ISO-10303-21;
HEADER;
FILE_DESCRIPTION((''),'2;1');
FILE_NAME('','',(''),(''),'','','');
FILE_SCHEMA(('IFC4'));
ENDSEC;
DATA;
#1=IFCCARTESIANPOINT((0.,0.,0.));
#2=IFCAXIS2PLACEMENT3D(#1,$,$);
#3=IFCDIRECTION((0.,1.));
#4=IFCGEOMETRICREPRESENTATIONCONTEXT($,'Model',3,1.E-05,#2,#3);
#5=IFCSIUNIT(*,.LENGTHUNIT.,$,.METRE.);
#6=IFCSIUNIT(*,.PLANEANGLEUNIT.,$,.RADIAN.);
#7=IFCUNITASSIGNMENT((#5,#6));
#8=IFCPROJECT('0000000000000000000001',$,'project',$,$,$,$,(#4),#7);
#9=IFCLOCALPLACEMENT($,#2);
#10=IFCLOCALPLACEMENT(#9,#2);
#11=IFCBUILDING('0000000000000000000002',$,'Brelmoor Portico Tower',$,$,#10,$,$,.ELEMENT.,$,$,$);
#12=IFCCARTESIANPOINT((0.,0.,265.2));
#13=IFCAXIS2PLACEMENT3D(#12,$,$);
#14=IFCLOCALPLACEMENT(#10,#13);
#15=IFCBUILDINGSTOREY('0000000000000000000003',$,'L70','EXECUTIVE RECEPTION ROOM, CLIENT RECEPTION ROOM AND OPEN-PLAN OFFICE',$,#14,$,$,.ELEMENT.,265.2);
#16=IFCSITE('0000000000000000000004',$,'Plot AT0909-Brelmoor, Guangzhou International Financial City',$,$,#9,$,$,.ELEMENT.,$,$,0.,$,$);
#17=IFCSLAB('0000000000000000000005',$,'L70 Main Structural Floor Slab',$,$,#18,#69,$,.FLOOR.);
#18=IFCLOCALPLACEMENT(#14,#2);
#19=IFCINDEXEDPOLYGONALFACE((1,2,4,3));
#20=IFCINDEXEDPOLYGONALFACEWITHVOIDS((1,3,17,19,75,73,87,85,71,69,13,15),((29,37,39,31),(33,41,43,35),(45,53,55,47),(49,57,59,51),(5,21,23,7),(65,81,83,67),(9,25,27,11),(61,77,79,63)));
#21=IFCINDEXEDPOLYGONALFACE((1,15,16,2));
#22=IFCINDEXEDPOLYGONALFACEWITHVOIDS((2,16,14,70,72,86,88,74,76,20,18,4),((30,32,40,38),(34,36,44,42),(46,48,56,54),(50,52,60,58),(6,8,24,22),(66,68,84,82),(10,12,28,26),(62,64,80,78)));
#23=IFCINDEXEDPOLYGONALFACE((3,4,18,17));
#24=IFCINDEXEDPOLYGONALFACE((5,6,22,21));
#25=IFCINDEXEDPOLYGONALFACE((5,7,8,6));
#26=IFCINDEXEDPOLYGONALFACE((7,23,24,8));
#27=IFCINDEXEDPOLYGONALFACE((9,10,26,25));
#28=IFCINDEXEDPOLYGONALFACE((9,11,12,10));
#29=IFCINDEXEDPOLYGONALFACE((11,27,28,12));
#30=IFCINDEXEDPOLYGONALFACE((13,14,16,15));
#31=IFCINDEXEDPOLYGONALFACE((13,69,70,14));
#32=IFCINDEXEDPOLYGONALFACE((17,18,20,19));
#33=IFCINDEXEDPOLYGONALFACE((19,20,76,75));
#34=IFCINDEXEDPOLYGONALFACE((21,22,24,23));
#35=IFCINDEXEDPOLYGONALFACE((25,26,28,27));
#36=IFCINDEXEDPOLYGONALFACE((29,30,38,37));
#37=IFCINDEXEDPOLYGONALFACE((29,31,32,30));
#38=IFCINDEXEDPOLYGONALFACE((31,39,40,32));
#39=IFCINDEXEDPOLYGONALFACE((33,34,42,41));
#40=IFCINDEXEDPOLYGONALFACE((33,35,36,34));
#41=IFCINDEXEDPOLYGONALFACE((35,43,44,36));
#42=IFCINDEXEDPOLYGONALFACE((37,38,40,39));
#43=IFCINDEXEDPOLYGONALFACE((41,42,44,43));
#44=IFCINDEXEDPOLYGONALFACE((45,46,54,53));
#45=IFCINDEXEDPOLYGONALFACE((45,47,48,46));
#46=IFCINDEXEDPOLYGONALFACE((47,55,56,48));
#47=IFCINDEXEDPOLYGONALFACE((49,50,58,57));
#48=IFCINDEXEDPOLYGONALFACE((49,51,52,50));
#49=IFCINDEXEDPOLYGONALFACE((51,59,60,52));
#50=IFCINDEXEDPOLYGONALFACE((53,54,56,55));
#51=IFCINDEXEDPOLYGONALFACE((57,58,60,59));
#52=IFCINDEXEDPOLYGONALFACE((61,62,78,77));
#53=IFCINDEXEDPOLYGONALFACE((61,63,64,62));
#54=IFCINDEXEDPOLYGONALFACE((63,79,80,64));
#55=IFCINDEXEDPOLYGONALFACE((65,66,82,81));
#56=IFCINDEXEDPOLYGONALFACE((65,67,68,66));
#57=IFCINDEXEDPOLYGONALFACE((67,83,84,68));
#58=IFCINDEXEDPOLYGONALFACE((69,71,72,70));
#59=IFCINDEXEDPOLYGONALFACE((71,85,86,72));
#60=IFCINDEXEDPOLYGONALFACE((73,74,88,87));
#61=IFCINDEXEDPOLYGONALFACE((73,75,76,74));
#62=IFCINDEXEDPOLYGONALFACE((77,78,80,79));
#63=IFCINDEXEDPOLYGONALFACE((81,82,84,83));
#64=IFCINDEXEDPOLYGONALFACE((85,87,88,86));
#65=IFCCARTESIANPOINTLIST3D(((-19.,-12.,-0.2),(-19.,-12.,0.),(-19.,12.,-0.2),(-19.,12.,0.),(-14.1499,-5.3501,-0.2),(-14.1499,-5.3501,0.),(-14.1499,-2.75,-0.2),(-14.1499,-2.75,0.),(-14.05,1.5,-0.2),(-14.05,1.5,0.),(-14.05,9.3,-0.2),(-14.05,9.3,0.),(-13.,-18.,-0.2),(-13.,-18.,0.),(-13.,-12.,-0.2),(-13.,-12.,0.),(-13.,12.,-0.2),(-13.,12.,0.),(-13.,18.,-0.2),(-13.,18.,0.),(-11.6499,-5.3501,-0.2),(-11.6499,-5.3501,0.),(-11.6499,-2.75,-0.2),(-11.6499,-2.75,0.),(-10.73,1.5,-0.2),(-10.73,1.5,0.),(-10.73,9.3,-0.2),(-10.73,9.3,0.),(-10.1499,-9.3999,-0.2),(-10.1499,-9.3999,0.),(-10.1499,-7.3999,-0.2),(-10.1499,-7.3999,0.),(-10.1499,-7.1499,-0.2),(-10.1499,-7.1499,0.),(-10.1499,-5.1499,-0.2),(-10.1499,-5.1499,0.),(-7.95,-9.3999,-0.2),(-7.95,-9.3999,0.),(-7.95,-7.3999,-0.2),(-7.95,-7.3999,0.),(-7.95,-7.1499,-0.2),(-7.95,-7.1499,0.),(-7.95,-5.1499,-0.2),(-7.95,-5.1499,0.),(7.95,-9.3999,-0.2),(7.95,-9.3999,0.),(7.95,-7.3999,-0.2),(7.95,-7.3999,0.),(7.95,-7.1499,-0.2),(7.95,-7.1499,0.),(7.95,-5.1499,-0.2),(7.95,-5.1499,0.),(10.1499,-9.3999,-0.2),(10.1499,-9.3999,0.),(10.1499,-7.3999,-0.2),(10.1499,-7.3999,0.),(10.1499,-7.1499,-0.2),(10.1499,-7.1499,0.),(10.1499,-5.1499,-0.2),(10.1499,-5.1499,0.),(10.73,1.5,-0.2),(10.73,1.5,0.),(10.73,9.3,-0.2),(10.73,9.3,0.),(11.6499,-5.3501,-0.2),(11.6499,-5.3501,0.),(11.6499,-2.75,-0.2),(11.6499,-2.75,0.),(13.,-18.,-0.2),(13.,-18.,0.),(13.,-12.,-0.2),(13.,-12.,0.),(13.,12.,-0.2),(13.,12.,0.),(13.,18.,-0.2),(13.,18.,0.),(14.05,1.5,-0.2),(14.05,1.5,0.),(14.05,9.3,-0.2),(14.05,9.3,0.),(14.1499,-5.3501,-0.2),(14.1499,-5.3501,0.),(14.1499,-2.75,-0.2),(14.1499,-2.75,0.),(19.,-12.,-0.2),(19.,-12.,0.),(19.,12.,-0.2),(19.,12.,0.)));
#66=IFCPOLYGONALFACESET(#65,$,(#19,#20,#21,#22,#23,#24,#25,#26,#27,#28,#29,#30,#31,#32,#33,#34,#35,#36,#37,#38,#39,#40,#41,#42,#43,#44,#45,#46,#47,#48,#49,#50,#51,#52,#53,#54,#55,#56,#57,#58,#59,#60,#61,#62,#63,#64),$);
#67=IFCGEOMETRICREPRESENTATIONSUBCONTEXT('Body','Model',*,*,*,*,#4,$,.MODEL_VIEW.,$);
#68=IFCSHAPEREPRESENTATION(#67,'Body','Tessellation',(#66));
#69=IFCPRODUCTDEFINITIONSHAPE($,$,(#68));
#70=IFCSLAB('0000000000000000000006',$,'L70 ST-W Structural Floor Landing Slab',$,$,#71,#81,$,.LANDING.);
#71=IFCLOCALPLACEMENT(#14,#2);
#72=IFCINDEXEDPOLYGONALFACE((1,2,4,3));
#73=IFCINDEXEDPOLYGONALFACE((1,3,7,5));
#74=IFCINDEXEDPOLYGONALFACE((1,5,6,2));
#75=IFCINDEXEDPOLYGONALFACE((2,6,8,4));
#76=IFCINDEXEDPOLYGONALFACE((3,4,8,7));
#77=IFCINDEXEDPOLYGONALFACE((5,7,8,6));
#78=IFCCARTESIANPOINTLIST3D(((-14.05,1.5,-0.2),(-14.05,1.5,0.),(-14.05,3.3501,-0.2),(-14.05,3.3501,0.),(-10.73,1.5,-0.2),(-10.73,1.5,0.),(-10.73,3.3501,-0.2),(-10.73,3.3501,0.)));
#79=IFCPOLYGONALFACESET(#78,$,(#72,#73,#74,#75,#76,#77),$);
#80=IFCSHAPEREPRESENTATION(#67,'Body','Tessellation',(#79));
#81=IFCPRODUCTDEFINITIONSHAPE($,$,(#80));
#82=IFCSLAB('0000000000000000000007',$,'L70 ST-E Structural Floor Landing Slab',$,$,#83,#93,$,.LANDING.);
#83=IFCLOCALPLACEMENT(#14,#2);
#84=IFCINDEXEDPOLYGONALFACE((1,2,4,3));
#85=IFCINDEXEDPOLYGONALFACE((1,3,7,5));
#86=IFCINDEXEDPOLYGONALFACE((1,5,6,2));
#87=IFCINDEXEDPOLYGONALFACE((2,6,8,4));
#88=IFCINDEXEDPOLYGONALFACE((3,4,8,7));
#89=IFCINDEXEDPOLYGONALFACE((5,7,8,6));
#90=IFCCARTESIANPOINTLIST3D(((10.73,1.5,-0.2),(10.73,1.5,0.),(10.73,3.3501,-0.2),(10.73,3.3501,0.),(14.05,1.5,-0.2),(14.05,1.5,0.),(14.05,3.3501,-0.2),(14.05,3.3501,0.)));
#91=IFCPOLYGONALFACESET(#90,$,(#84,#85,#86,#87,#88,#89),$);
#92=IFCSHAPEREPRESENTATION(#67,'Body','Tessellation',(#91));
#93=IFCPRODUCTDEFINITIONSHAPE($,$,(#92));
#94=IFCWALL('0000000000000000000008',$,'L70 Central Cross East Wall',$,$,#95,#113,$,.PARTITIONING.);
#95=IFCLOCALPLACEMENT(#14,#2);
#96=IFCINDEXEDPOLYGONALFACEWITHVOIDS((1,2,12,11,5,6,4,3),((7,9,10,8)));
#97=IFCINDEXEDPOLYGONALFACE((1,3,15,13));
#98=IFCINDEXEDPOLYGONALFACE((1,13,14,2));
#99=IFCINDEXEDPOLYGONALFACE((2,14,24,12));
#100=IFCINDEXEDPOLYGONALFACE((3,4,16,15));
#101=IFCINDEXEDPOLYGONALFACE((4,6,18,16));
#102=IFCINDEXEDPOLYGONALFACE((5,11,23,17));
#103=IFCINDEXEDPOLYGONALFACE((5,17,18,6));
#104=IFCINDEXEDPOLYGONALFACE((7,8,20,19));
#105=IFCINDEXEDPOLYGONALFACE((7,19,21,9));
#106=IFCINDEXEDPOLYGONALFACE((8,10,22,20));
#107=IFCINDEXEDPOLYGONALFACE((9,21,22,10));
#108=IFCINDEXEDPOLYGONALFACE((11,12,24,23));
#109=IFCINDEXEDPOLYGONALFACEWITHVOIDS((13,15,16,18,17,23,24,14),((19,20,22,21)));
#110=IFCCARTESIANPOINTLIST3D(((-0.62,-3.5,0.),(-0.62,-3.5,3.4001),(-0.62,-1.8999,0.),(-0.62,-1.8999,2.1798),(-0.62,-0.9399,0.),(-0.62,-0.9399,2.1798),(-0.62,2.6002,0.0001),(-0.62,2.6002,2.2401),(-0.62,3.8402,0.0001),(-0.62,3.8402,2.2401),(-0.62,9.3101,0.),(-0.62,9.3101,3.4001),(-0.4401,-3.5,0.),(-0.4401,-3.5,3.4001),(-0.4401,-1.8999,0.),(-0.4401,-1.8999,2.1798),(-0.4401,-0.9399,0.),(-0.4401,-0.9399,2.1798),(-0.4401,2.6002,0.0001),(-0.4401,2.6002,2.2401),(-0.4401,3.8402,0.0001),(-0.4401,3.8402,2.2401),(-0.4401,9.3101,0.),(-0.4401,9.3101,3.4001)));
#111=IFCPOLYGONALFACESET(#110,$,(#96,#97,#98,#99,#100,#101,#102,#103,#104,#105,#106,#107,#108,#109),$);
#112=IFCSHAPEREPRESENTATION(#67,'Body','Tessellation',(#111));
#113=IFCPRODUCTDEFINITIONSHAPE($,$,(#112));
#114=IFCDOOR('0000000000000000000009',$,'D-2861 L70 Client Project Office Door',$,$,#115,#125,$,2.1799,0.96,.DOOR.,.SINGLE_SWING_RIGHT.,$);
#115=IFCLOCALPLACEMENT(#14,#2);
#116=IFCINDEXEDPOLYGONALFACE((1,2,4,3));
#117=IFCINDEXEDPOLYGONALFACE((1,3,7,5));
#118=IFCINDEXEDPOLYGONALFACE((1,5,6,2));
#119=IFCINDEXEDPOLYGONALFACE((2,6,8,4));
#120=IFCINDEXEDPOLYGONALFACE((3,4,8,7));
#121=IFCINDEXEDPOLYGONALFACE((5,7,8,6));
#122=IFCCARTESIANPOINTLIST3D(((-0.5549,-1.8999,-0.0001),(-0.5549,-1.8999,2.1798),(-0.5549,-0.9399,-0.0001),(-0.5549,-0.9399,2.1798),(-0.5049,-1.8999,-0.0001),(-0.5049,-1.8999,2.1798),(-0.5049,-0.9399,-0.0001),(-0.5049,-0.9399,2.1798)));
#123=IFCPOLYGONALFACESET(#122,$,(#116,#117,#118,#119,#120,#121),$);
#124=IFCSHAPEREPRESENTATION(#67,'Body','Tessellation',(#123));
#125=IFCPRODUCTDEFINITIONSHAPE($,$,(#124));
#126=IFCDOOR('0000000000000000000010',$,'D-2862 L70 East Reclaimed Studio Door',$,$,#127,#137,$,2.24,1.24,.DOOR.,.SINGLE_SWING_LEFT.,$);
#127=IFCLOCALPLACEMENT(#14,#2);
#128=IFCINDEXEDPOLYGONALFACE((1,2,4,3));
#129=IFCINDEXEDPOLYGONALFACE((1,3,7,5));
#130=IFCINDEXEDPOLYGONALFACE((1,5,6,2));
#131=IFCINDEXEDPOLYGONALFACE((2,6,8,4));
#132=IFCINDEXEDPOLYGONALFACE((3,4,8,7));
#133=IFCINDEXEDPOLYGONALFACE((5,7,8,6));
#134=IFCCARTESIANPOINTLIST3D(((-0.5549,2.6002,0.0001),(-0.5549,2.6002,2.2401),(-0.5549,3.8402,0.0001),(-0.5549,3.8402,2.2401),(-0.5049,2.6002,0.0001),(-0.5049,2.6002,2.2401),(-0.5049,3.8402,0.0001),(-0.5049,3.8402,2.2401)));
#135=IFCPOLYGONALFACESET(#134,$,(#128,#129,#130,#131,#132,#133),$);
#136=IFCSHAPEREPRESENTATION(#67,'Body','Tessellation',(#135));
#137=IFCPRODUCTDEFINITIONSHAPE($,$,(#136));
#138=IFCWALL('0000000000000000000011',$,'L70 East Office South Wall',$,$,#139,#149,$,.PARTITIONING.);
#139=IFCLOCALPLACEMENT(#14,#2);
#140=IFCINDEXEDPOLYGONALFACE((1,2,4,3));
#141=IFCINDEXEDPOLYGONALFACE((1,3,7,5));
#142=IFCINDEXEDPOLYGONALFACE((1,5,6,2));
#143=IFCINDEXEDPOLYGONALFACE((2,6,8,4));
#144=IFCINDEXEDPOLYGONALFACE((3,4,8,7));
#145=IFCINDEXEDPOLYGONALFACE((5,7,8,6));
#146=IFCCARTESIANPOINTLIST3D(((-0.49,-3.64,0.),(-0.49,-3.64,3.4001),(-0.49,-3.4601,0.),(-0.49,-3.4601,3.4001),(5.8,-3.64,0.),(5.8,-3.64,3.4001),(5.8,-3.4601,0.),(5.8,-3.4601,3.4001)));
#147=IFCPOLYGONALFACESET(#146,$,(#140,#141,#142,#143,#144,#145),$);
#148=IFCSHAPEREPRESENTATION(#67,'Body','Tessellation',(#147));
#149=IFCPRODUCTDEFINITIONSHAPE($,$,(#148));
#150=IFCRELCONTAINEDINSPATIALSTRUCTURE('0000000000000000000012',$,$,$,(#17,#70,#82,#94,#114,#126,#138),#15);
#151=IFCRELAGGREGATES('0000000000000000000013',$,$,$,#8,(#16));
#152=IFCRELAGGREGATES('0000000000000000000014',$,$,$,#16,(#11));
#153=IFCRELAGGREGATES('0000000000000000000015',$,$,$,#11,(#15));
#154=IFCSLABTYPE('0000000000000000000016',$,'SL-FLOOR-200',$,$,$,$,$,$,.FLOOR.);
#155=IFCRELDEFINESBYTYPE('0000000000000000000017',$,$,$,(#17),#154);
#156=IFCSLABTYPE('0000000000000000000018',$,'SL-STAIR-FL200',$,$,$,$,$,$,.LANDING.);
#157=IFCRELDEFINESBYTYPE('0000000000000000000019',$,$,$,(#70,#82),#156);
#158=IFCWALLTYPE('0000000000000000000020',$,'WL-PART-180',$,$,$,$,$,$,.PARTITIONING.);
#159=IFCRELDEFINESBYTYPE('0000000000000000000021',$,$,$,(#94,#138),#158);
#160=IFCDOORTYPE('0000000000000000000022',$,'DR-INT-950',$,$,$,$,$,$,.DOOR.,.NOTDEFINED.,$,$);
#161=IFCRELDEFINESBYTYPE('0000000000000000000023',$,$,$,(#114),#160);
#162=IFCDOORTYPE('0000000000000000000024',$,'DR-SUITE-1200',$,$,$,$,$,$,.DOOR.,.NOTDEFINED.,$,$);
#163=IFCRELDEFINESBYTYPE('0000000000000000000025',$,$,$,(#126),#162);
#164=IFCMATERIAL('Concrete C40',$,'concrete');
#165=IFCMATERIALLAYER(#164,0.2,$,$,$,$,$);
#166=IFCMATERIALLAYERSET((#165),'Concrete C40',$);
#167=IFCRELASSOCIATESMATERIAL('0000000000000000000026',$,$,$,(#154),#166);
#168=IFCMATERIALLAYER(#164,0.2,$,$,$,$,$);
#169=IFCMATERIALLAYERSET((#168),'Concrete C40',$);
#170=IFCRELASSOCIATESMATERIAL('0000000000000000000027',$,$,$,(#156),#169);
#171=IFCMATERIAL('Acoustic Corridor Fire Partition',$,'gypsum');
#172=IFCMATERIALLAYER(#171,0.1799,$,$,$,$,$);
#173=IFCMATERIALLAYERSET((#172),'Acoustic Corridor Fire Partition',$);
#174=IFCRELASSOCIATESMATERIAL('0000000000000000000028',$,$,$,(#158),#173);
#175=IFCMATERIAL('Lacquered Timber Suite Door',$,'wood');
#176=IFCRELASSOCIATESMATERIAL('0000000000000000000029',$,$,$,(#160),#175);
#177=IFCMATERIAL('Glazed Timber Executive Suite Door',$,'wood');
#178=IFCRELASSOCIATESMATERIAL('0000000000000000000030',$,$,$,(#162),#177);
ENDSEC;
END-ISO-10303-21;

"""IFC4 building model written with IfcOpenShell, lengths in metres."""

from ifc_helpers import new_model, si_unit, direction, frame, frame_2d, origin, place, context, subcontext, project, spatial, polyline, rectangle, outline, extrude, material, layer, layer_set, type_object, element, fill, save


model = new_model("IFC4")

# Units and contexts
model_context = context("Model", 3, precision=1e-05, world=origin(), true_north=direction((0.0, 1.0)))
body_context = subcontext(model_context, "Body", "Model", "MODEL_VIEW")
ifc_project = project(units=[si_unit("LENGTHUNIT", "METRE"), si_unit("PLANEANGLEUNIT", "RADIAN")], contexts=[model_context])

# Site, building, storey
site_placement = place(None, origin())
site = spatial("IfcSite", under=ifc_project, at=site_placement, Name="Plot AT0909-Brelmoor, Guangzhou International Financial City", CompositionType="ELEMENT", RefElevation=0.0)
building_placement = place(site_placement, origin())
building = spatial("IfcBuilding", under=site, at=building_placement, Name="Brelmoor Portico Tower", CompositionType="ELEMENT")
storey_placement = place(building_placement, frame((0.0, 0.0, 265.2)))
storey = spatial("IfcBuildingStorey", under=building, at=storey_placement, Name="L70", Description="EXECUTIVE RECEPTION ROOM, CLIENT RECEPTION ROOM AND OPEN-PLAN OFFICE", CompositionType="ELEMENT", Elevation=265.2)

# Slabs
ifc_material_1 = material(Name="Concrete C40", Category="concrete")
ifc_layer_1 = layer(ifc_material_1, 0.2)
ifc_layer_set_1 = layer_set([ifc_layer_1], Name="Concrete C40")
slab_type_1 = type_object("IfcSlabType", Name="SL-FLOOR-200", PredefinedType="FLOOR", material=ifc_layer_set_1)
slab_1_placement = place(storey_placement, frame((0.0, 0.0, -0.2)))
element("IfcSlab", 1, at=slab_1_placement, inside=storey, type_object=slab_type_1, Name="L70 Main Structural Floor Slab", PredefinedType="FLOOR", context=body_context, shape_type="SweptSolid", body=[
    extrude(outline(polyline([(-13.0, -18.0), (13.0, -18.0), (13.0, -12.0), (19.0, -12.0), (19.0, 12.0), (13.0, 12.0), (13.0, 18.0), (-13.0, 18.0), (-13.0, 12.0), (-19.0, 12.0), (-19.0, -12.0), (-13.0, -12.0), (-13.0, -18.0)]), holes=[polyline([(-10.73, 1.5), (-10.73, 9.3), (-14.05, 9.3), (-14.05, 1.5), (-10.73, 1.5)]), polyline([(14.05, 1.5), (14.05, 9.3), (10.73, 9.3), (10.73, 1.5), (14.05, 1.5)]), polyline([(-10.1499, -9.3999), (-7.95, -9.3999), (-7.95, -7.3999), (-10.1499, -7.3999), (-10.1499, -9.3999)]), polyline([(-10.1499, -7.1499), (-7.95, -7.1499), (-7.95, -5.1499), (-10.1499, -5.1499), (-10.1499, -7.1499)]), polyline([(7.95, -9.3999), (10.1499, -9.3999), (10.1499, -7.3999), (7.95, -7.3999), (7.95, -9.3999)]), polyline([(7.95, -7.1499), (10.1499, -7.1499), (10.1499, -5.1499), (7.95, -5.1499), (7.95, -7.1499)]), polyline([(-14.1499, -5.3501), (-11.6499, -5.3501), (-11.6499, -2.75), (-14.1499, -2.75), (-14.1499, -5.3501)]), polyline([(11.6499, -5.3501), (14.1499, -5.3501), (14.1499, -2.75), (11.6499, -2.75), (11.6499, -5.3501)])]), origin(), (0.0, 0.0, 1.0), 0.2),
])
ifc_layer_2 = layer(ifc_material_1, 0.2)
ifc_layer_set_2 = layer_set([ifc_layer_2], Name="Concrete C40")
slab_type_2 = type_object("IfcSlabType", Name="SL-STAIR-FL200", PredefinedType="LANDING", material=ifc_layer_set_2)
slab_2_placement = place(storey_placement, frame((0.0, 0.0, -0.2)))
element("IfcSlab", 2, at=slab_2_placement, inside=storey, type_object=slab_type_2, Name="L70 ST-W Structural Floor Landing Slab", PredefinedType="LANDING", context=body_context, shape_type="SweptSolid", body=[
    extrude(outline(polyline([(-10.73, 1.5), (-10.73, 3.3501), (-14.05, 3.3501), (-14.05, 1.5), (-10.73, 1.5)])), origin(), (0.0, 0.0, 1.0), 0.2),
])
slab_3_placement = place(storey_placement, frame((0.0, 0.0, -0.2)))
element("IfcSlab", 3, at=slab_3_placement, inside=storey, type_object=slab_type_2, Name="L70 ST-E Structural Floor Landing Slab", PredefinedType="LANDING", context=body_context, shape_type="SweptSolid", body=[
    extrude(outline(polyline([(14.05, 1.5), (14.05, 3.3501), (10.73, 3.3501), (10.73, 1.5), (14.05, 1.5)])), origin(), (0.0, 0.0, 1.0), 0.2),
])

# Wall, openings, doors
ifc_material_2 = material(Name="Acoustic Corridor Fire Partition", Category="gypsum")
ifc_layer_3 = layer(ifc_material_2, 0.1799)
ifc_layer_set_3 = layer_set([ifc_layer_3], Name="Acoustic Corridor Fire Partition")
wall_type_1 = type_object("IfcWallType", Name="WL-PART-180", PredefinedType="PARTITIONING", material=ifc_layer_set_3)
wall_1_placement = place(storey_placement, frame((-0.53, -3.5, 0.0), z_axis=(0.0, 0.0, 1.0), x_axis=(0.0, 1.0, 0.0)))
wall_1 = element("IfcWall", 4, at=wall_1_placement, inside=storey, type_object=wall_type_1, Name="L70 Central Cross East Wall", PredefinedType="PARTITIONING", context=body_context, shape_type="SweptSolid", body=[
    extrude(rectangle(XDim=12.8101, YDim=0.1799, at=frame_2d((6.405, 0.0))), origin(), (0.0, 0.0, 1.0), 3.4001),
])
opening_1_placement = place(wall_1_placement, frame((6.1001, 0.0, 0.0)))
opening_1 = element("IfcOpeningElement", 5, at=opening_1_placement, cuts=wall_1, PredefinedType="OPENING", context=body_context, shape_type="SweptSolid", body=[
    extrude(rectangle(XDim=1.24, YDim=2.24, at=frame_2d((0.6201, 1.1201))), frame((0.0, 0.0999, 0.0), z_axis=(0.0, -1.0, 0.0), x_axis=(1.0, 0.0, 0.0)), (0.0, 0.0, 1.0), 0.2),
])
opening_2_placement = place(wall_1_placement, frame((1.6001, 0.0, 0.0)))
opening_2 = element("IfcOpeningElement", 6, at=opening_2_placement, cuts=wall_1, PredefinedType="OPENING", context=body_context, shape_type="SweptSolid", body=[
    extrude(rectangle(XDim=0.96, YDim=2.1799, at=frame_2d((0.48, 1.0898))), frame((0.0, 0.0999, 0.0), z_axis=(0.0, -1.0, 0.0), x_axis=(1.0, 0.0, 0.0)), (0.0, 0.0, 1.0), 0.2),
])
ifc_material_3 = material(Name="Lacquered Timber Suite Door", Category="wood")
door_type_1 = type_object("IfcDoorType", Name="DR-INT-950", OperationType="NOTDEFINED", PredefinedType="DOOR", material=ifc_material_3)
door_1_placement = place(opening_2_placement, origin())
door_1 = element("IfcDoor", 7, at=door_1_placement, inside=storey, type_object=door_type_1, Name="D-2861 L70 Client Project Office Door", OperationType="SINGLE_SWING_RIGHT", OverallHeight=2.1799, OverallWidth=0.96, PredefinedType="DOOR", context=body_context, shape_type="SweptSolid", body=[
    extrude(rectangle(XDim=0.96, YDim=2.1799, at=frame_2d((0.48, 1.0898))), frame((0.0, 0.0249, 0.0), z_axis=(0.0, -1.0, 0.0), x_axis=(1.0, 0.0, 0.0)), (0.0, 0.0, 1.0), 0.05),
])
fill(opening_2, door_1)
ifc_material_4 = material(Name="Glazed Timber Executive Suite Door", Category="wood")
door_type_2 = type_object("IfcDoorType", Name="DR-SUITE-1200", OperationType="NOTDEFINED", PredefinedType="DOOR", material=ifc_material_4)
door_2_placement = place(opening_1_placement, origin())
door_2 = element("IfcDoor", 8, at=door_2_placement, inside=storey, type_object=door_type_2, Name="D-2862 L70 East Reclaimed Studio Door", OperationType="SINGLE_SWING_LEFT", OverallHeight=2.24, OverallWidth=1.24, PredefinedType="DOOR", context=body_context, shape_type="SweptSolid", body=[
    extrude(rectangle(XDim=1.24, YDim=2.24, at=frame_2d((0.6201, 1.1201))), frame((0.0, 0.0249, 0.0), z_axis=(0.0, -1.0, 0.0), x_axis=(1.0, 0.0, 0.0)), (0.0, 0.0, 1.0), 0.05),
])
fill(opening_1, door_2)

# Wall
wall_2_placement = place(storey_placement, frame((-0.49, -3.55, 0.0), z_axis=(0.0, 0.0, 1.0), x_axis=(1.0, 0.0, 0.0)))
element("IfcWall", 9, at=wall_2_placement, inside=storey, type_object=wall_type_1, Name="L70 East Office South Wall", PredefinedType="PARTITIONING", context=body_context, shape_type="SweptSolid", body=[
    extrude(rectangle(XDim=6.29, YDim=0.1799, at=frame_2d((3.145, 0.0))), origin(), (0.0, 0.0, 1.0), 3.4001),
])

save(model, "model.ifc")
